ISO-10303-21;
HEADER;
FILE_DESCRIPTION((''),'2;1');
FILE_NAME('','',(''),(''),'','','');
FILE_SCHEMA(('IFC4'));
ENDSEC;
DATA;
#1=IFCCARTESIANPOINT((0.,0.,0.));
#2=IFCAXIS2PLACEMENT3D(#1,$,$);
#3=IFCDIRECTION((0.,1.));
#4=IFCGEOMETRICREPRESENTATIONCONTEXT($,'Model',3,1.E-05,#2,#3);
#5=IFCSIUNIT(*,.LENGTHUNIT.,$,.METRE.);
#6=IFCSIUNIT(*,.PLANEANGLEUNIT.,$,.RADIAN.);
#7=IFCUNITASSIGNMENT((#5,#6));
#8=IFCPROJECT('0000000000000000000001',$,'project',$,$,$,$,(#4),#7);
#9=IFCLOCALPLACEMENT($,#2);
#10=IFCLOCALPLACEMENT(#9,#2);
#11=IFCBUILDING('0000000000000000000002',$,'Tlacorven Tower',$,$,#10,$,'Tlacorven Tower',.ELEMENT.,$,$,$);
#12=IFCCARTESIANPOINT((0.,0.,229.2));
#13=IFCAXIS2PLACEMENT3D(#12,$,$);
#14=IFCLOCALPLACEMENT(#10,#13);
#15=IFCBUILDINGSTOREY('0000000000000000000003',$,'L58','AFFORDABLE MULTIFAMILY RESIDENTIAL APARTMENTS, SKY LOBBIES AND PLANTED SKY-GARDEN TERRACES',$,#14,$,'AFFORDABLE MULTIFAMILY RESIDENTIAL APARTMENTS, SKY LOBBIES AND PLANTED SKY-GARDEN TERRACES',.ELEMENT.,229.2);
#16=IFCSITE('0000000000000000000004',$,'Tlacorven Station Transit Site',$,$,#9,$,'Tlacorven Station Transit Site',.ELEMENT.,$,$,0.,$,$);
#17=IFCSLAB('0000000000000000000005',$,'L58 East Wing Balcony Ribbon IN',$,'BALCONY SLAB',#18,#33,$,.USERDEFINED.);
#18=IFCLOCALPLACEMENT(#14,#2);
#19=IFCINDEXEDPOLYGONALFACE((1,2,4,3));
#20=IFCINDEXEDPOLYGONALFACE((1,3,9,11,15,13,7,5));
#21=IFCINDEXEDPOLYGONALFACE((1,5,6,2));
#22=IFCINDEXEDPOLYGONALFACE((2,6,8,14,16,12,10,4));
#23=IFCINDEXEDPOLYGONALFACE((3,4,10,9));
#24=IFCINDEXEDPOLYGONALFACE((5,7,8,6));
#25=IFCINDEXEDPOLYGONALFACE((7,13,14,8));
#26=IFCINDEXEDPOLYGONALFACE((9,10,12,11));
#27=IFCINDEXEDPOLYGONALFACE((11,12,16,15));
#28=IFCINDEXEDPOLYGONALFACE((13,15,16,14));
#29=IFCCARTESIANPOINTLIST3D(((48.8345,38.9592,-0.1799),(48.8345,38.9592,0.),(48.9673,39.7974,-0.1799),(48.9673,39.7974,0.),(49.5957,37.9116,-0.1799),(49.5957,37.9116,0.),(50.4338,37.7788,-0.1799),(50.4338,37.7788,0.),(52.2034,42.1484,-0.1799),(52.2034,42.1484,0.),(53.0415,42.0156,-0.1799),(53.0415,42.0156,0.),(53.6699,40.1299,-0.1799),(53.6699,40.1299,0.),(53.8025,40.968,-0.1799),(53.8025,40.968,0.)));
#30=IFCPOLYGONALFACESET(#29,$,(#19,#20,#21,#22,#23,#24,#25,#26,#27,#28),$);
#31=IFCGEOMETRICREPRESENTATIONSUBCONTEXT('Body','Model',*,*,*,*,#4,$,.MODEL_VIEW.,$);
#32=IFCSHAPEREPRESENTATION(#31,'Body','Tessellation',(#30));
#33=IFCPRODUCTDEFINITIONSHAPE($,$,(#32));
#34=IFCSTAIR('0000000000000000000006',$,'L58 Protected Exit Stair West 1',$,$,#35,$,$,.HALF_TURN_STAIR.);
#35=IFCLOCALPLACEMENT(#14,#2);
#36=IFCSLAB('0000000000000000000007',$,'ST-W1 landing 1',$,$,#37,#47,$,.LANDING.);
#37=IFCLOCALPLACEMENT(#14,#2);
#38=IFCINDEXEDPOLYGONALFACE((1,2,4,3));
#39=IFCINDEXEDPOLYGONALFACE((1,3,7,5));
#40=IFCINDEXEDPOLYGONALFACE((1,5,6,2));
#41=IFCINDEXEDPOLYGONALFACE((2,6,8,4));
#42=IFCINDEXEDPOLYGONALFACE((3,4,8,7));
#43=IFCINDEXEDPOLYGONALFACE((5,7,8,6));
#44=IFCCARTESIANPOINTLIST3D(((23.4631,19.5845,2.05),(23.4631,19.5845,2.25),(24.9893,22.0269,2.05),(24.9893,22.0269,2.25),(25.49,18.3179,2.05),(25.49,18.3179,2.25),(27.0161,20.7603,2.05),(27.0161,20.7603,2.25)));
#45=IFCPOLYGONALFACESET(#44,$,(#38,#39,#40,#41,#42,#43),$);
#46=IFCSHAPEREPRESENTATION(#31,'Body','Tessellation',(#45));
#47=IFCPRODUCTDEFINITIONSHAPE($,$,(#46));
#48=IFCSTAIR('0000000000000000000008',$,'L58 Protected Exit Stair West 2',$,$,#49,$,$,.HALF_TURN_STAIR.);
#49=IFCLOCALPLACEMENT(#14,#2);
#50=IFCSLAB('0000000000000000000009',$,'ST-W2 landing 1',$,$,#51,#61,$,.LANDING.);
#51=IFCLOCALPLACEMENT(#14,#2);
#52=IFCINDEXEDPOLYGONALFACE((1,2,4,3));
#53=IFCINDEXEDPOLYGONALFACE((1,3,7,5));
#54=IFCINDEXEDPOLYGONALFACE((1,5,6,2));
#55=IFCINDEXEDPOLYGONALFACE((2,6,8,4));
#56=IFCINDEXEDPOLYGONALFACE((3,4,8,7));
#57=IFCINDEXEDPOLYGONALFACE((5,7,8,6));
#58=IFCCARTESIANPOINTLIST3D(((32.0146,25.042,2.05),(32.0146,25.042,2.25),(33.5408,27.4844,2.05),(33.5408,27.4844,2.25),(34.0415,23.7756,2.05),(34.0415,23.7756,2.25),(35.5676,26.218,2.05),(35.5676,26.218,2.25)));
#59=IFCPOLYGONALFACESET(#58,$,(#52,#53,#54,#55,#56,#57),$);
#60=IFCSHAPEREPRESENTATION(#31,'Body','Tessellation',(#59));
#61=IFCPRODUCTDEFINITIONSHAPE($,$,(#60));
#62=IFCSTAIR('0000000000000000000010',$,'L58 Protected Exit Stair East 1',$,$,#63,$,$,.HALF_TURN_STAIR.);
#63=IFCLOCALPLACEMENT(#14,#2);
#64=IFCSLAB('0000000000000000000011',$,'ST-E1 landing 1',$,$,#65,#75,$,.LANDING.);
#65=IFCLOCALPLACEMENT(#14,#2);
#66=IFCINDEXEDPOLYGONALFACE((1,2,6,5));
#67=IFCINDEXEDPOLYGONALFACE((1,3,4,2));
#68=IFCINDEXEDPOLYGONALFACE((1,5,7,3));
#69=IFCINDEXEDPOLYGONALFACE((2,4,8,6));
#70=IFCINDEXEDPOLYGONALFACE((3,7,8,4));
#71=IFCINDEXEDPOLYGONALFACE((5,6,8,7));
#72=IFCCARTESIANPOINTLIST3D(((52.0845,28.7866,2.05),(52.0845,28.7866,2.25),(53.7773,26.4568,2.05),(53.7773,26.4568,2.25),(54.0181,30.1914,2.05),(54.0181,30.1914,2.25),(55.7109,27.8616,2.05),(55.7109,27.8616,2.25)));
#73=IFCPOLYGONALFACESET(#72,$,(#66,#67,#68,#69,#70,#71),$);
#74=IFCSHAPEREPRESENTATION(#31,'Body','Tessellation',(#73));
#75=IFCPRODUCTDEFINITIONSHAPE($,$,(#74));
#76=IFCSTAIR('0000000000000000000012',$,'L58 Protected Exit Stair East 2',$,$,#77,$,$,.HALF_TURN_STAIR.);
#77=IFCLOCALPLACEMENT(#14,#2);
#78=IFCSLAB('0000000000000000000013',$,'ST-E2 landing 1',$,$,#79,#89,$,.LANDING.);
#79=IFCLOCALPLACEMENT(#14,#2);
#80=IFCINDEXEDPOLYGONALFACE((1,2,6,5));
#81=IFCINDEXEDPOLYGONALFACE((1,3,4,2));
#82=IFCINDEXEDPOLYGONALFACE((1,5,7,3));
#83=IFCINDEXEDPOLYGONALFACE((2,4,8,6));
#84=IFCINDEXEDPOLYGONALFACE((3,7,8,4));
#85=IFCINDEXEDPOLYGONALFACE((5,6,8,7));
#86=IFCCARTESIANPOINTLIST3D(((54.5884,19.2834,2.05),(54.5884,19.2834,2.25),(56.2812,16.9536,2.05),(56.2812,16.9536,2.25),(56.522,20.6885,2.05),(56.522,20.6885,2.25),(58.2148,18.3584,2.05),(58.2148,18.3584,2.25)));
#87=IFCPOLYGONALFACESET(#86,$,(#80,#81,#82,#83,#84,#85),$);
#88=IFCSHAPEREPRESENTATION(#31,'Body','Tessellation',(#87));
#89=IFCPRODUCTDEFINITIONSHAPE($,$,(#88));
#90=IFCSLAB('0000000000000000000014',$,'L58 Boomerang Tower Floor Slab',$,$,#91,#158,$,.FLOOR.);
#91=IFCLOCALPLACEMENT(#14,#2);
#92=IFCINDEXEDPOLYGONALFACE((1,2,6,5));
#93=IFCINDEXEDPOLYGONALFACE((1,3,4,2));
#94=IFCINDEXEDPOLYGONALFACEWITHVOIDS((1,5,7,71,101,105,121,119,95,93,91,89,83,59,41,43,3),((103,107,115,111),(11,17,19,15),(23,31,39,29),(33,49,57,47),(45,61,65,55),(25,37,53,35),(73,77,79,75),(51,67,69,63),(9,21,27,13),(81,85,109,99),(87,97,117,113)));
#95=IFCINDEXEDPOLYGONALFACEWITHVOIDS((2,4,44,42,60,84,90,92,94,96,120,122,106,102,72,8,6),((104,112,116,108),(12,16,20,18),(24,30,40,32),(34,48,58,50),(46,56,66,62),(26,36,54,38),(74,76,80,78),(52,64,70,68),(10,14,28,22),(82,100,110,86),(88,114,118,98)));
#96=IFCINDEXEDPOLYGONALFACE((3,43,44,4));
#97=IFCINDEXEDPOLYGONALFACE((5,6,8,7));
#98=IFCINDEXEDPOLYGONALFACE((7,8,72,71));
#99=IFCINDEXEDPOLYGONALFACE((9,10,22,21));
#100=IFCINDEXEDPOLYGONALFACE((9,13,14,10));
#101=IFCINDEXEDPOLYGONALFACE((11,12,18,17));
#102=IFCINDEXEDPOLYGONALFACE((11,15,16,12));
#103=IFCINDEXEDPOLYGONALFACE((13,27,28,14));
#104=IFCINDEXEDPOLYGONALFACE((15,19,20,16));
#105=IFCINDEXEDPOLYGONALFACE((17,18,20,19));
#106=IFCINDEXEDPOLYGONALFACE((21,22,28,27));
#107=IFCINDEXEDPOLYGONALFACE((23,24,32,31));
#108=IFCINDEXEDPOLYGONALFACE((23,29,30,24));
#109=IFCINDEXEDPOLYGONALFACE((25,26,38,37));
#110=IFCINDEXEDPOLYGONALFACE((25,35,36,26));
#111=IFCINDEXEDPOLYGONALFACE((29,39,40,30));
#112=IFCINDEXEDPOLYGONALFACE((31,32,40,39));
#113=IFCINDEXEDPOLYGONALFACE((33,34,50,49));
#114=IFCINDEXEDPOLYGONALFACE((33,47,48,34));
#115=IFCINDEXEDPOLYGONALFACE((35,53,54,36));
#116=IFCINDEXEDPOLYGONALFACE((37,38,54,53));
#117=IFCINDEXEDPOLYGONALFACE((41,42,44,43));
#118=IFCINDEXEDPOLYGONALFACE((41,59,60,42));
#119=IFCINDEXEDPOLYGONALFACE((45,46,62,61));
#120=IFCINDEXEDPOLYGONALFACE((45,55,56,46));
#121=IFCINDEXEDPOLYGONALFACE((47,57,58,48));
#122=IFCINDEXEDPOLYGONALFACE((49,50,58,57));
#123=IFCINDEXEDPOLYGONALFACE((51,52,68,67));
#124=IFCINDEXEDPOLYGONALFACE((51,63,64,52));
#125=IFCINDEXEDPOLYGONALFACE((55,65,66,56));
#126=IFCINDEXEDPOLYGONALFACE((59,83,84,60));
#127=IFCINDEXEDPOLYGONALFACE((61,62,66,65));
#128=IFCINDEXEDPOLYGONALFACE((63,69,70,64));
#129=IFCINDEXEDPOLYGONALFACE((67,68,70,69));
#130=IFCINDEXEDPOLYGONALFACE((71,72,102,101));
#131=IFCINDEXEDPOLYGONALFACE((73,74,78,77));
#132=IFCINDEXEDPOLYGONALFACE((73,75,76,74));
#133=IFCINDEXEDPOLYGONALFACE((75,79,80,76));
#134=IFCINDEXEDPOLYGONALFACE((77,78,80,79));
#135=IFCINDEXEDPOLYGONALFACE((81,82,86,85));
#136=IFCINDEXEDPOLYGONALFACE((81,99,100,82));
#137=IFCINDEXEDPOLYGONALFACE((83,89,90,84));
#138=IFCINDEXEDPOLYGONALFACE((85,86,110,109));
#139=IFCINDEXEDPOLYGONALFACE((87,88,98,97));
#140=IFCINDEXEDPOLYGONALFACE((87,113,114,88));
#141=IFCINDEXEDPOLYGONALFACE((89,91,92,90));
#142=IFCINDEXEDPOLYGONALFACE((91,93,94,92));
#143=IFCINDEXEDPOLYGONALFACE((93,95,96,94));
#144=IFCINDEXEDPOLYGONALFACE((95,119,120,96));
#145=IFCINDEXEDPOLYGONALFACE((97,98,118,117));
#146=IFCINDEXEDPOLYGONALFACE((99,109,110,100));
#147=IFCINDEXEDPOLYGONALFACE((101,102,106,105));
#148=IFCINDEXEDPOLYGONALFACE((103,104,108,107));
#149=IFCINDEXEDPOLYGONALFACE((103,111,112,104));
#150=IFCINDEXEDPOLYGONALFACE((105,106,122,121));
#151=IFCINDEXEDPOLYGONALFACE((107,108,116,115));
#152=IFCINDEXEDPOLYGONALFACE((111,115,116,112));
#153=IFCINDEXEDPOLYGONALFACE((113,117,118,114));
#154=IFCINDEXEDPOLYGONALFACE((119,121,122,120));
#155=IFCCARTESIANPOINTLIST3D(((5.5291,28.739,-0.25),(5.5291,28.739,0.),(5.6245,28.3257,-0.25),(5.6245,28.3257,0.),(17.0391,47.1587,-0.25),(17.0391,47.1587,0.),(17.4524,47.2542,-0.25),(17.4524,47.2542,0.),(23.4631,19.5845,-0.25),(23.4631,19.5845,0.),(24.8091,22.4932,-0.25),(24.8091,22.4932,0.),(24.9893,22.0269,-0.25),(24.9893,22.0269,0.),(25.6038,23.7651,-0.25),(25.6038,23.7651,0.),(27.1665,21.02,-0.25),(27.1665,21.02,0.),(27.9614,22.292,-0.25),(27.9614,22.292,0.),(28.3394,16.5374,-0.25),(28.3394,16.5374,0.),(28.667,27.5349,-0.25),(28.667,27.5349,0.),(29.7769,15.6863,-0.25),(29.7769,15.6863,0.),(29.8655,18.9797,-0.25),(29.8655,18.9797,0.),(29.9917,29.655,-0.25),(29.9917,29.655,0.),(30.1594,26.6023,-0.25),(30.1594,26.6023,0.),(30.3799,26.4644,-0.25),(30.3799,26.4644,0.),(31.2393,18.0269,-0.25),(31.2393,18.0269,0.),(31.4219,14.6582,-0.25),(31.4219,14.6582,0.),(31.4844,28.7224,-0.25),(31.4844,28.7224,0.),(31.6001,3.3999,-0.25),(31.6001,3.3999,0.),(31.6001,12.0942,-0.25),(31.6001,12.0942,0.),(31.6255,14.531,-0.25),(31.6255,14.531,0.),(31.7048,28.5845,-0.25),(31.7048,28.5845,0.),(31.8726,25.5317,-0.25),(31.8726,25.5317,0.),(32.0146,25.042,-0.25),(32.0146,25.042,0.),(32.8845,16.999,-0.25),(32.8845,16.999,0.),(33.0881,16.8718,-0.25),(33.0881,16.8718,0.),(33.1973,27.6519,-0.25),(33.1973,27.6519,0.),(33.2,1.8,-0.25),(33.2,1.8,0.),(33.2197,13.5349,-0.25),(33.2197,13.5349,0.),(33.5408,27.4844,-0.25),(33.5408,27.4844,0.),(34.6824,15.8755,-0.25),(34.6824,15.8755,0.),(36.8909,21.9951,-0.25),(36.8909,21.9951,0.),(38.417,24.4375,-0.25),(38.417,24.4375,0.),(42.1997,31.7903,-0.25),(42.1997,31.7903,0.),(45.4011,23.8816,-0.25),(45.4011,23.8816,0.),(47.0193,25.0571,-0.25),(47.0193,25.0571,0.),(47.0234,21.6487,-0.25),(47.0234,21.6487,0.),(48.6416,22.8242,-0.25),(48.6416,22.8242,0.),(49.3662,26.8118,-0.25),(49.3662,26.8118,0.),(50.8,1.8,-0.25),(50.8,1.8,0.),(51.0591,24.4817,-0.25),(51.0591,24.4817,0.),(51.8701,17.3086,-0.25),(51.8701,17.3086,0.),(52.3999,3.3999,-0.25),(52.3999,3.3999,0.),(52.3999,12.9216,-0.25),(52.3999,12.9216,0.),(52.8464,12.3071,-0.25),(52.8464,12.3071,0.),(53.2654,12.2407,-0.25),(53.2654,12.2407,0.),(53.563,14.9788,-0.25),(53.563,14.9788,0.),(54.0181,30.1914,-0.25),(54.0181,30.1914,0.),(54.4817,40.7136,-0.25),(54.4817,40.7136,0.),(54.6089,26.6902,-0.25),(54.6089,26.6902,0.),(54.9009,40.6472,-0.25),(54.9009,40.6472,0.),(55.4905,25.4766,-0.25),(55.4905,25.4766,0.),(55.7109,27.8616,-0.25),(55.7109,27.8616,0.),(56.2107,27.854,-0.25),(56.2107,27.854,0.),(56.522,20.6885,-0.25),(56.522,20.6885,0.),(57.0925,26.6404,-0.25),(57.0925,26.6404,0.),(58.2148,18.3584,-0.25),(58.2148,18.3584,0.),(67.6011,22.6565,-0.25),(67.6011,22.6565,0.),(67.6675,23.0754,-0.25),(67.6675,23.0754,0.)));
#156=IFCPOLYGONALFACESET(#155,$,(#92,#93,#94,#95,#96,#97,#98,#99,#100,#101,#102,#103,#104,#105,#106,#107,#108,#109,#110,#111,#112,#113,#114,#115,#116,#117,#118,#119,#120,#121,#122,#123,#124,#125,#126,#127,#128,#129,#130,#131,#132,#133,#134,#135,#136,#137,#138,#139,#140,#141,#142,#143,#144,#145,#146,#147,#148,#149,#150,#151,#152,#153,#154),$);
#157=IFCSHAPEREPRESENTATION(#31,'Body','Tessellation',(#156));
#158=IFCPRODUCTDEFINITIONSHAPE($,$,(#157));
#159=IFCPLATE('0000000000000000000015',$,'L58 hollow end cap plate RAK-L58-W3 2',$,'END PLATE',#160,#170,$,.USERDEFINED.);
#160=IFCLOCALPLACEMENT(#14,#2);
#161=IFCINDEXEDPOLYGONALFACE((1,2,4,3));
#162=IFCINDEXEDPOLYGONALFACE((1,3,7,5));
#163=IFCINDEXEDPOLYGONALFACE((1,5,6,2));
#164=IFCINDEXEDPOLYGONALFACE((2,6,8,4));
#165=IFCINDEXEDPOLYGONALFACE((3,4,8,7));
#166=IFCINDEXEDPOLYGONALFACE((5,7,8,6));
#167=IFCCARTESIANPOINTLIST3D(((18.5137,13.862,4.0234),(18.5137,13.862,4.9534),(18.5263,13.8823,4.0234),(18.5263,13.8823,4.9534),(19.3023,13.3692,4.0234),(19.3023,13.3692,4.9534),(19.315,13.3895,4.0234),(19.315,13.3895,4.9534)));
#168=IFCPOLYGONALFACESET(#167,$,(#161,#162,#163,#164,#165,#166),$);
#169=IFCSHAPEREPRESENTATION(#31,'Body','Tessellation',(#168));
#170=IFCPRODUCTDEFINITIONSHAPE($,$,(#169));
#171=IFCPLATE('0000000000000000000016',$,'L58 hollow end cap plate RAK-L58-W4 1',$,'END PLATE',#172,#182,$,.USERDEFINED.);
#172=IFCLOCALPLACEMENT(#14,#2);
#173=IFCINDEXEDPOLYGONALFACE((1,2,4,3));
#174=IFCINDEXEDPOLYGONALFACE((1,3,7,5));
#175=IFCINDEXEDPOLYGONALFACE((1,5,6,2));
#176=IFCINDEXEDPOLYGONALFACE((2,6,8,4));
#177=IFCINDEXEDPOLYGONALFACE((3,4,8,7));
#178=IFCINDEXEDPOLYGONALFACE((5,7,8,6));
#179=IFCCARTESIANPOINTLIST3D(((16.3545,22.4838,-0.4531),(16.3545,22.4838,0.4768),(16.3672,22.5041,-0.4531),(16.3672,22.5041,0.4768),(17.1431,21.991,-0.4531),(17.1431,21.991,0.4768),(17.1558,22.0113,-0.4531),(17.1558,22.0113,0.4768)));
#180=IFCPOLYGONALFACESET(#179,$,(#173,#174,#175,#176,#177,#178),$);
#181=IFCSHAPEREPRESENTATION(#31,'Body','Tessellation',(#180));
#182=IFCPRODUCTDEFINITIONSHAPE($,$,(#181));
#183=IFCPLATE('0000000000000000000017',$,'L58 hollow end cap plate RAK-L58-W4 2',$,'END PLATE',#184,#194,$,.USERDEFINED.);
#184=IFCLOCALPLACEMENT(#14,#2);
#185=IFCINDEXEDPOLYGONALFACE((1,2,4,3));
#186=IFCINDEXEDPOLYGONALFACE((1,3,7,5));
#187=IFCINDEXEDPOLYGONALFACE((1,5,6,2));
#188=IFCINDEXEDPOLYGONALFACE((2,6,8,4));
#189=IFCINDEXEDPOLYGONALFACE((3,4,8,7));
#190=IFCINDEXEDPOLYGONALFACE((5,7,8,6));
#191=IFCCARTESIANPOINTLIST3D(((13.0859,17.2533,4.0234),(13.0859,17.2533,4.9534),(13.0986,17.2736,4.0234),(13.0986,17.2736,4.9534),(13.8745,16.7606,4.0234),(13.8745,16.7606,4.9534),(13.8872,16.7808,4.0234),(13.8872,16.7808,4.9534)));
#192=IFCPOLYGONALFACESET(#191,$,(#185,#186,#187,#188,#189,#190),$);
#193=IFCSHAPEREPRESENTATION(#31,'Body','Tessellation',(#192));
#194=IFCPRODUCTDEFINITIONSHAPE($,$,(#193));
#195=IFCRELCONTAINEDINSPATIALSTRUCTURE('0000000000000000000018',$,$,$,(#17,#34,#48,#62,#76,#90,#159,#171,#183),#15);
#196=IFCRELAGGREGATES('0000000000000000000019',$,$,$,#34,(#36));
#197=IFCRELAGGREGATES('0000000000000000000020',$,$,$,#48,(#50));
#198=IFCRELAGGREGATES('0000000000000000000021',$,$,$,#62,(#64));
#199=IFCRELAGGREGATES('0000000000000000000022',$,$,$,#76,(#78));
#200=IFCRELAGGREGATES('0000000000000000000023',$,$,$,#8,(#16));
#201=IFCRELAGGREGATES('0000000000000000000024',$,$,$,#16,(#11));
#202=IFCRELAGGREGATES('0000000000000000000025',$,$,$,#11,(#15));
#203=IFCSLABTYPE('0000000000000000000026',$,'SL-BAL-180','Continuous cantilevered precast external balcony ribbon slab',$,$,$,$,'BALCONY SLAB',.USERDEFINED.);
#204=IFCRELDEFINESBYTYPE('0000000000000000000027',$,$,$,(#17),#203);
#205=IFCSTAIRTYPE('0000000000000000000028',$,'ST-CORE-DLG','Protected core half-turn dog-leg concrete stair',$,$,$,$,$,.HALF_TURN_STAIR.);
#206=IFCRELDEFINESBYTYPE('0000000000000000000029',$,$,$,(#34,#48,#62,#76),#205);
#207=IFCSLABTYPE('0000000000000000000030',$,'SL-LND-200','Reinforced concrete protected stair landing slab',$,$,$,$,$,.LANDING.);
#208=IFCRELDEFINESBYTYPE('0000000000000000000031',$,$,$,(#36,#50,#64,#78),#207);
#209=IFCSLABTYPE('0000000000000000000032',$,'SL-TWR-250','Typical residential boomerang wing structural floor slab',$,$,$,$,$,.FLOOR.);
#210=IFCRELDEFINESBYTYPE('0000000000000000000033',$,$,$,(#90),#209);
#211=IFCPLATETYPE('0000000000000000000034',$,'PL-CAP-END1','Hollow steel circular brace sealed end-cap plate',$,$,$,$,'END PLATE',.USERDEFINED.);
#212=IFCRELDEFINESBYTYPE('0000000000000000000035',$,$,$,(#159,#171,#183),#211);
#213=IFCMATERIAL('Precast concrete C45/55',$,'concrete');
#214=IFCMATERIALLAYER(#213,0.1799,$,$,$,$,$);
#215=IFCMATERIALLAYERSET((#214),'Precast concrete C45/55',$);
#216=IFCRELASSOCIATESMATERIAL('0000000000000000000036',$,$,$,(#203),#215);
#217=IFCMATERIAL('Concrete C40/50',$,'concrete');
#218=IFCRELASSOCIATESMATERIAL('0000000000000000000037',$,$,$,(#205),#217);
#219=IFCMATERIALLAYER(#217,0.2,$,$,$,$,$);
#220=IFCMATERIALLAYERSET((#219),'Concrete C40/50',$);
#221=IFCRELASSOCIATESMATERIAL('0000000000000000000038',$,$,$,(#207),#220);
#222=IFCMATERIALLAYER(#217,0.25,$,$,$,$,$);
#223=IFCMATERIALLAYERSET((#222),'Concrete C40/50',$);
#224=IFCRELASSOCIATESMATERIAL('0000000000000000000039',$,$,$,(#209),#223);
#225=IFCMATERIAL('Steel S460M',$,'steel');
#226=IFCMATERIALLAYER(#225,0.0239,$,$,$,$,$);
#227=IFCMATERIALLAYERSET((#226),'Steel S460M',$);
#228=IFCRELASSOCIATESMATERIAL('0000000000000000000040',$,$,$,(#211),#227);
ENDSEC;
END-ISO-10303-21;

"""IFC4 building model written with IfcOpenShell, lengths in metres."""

from ifc_helpers import new_model, si_unit, direction, frame, origin, origin_2d, place, context, subcontext, project, spatial, polyline, rectangle, outline, extrude, source, transform, mapped, material, layer, layer_set, type_object, element, aggregate, save


model = new_model("IFC4")

# Units and contexts
model_context = context("Model", 3, precision=1e-05, world=origin(), true_north=direction((0.0, 1.0)))
body_context = subcontext(model_context, "Body", "Model", "MODEL_VIEW")
ifc_project = project(units=[si_unit("LENGTHUNIT", "METRE"), si_unit("PLANEANGLEUNIT", "RADIAN")], contexts=[model_context])

# Site, building, storey
site_placement = place(None, origin())
site = spatial("IfcSite", under=ifc_project, at=site_placement, Name="Tlacorven Station Transit Site", LongName="Tlacorven Station Transit Site", CompositionType="ELEMENT", RefElevation=0.0)
building_placement = place(site_placement, origin())
building = spatial("IfcBuilding", under=site, at=building_placement, Name="Tlacorven Tower", LongName="Tlacorven Tower", CompositionType="ELEMENT")
storey_placement = place(building_placement, frame((0.0, 0.0, 229.2)))
storey = spatial("IfcBuildingStorey", under=building, at=storey_placement, Name="L58", Description="AFFORDABLE MULTIFAMILY RESIDENTIAL APARTMENTS, SKY LOBBIES AND PLANTED SKY-GARDEN TERRACES", LongName="AFFORDABLE MULTIFAMILY RESIDENTIAL APARTMENTS, SKY LOBBIES AND PLANTED SKY-GARDEN TERRACES", CompositionType="ELEMENT", Elevation=229.2)

# Shared definitions
ifc_material_1 = material(Name="Steel S460M", Category="steel")

# Slab
ifc_material_2 = material(Name="Precast concrete C45/55", Category="concrete")
ifc_layer_1 = layer(ifc_material_2, 0.1799)
ifc_layer_set_1 = layer_set([ifc_layer_1], Name="Precast concrete C45/55")
slab_type_1 = type_object("IfcSlabType", Name="SL-BAL-180", Description="Continuous cantilevered precast external balcony ribbon slab", ElementType="BALCONY SLAB", PredefinedType="USERDEFINED", material=ifc_layer_set_1)
slab_1_placement = place(storey_placement, frame((0.0, 0.0, -0.1799)))
element("IfcSlab", 1, at=slab_1_placement, inside=storey, type_object=slab_type_1, Name="L58 East Wing Balcony Ribbon IN", ObjectType="BALCONY SLAB", PredefinedType="USERDEFINED", context=body_context, shape_type="SweptSolid", body=[
    extrude(outline(polyline([(50.4338, 37.7788), (53.6699, 40.1299), (53.8025, 40.968), (53.0415, 42.0156), (52.2034, 42.1484), (48.9673, 39.7974), (48.8345, 38.9592), (49.5957, 37.9116), (50.4338, 37.7788)])), origin(), (0.0, 0.0, 1.0), 0.1799),
])

# Stairs, slabs
ifc_material_3 = material(Name="Concrete C40/50", Category="concrete")
stair_type = type_object("IfcStairType", Name="ST-CORE-DLG", Description="Protected core half-turn dog-leg concrete stair", PredefinedType="HALF_TURN_STAIR", material=ifc_material_3)
stair_1_placement = place(storey_placement, origin())
stair_1 = element("IfcStair", 2, at=stair_1_placement, inside=storey, type_object=stair_type, Name="L58 Protected Exit Stair West 1", PredefinedType="HALF_TURN_STAIR")
ifc_layer_2 = layer(ifc_material_3, 0.2)
ifc_layer_set_2 = layer_set([ifc_layer_2], Name="Concrete C40/50")
slab_type_2 = type_object("IfcSlabType", Name="SL-LND-200", Description="Reinforced concrete protected stair landing slab", PredefinedType="LANDING", material=ifc_layer_set_2)
slab_2_placement = place(storey_placement, frame((0.0, 0.0, 2.05)))
slab_2 = element("IfcSlab", 3, at=slab_2_placement, type_object=slab_type_2, Name="ST-W1 landing 1", PredefinedType="LANDING", context=body_context, shape_type="SweptSolid", body=[
    extrude(outline(polyline([(27.0161, 20.7603), (24.9893, 22.0269), (23.4631, 19.5845), (25.49, 18.3179), (27.0161, 20.7603)])), origin(), (0.0, 0.0, 1.0), 0.2),
])
aggregate(stair_1, [slab_2])
stair_2_placement = place(storey_placement, origin())
stair_2 = element("IfcStair", 4, at=stair_2_placement, inside=storey, type_object=stair_type, Name="L58 Protected Exit Stair West 2", PredefinedType="HALF_TURN_STAIR")
slab_3_placement = place(storey_placement, frame((0.0, 0.0, 2.05)))
slab_3 = element("IfcSlab", 5, at=slab_3_placement, type_object=slab_type_2, Name="ST-W2 landing 1", PredefinedType="LANDING", context=body_context, shape_type="SweptSolid", body=[
    extrude(outline(polyline([(35.5676, 26.218), (33.5408, 27.4844), (32.0146, 25.042), (34.0415, 23.7756), (35.5676, 26.218)])), origin(), (0.0, 0.0, 1.0), 0.2),
])
aggregate(stair_2, [slab_3])
stair_3_placement = place(storey_placement, origin())
stair_3 = element("IfcStair", 6, at=stair_3_placement, inside=storey, type_object=stair_type, Name="L58 Protected Exit Stair East 1", PredefinedType="HALF_TURN_STAIR")
slab_4_placement = place(storey_placement, frame((0.0, 0.0, 2.05)))
slab_4 = element("IfcSlab", 7, at=slab_4_placement, type_object=slab_type_2, Name="ST-E1 landing 1", PredefinedType="LANDING", context=body_context, shape_type="SweptSolid", body=[
    extrude(outline(polyline([(53.7773, 26.4568), (55.7109, 27.8616), (54.0181, 30.1914), (52.0845, 28.7866), (53.7773, 26.4568)])), origin(), (0.0, 0.0, 1.0), 0.2),
])
aggregate(stair_3, [slab_4])
stair_4_placement = place(storey_placement, origin())
stair_4 = element("IfcStair", 8, at=stair_4_placement, inside=storey, type_object=stair_type, Name="L58 Protected Exit Stair East 2", PredefinedType="HALF_TURN_STAIR")
slab_5_placement = place(storey_placement, frame((0.0, 0.0, 2.05)))
slab_5 = element("IfcSlab", 9, at=slab_5_placement, type_object=slab_type_2, Name="ST-E2 landing 1", PredefinedType="LANDING", context=body_context, shape_type="SweptSolid", body=[
    extrude(outline(polyline([(56.2812, 16.9536), (58.2148, 18.3584), (56.522, 20.6885), (54.5884, 19.2834), (56.2812, 16.9536)])), origin(), (0.0, 0.0, 1.0), 0.2),
])
aggregate(stair_4, [slab_5])

# Slab
ifc_layer_3 = layer(ifc_material_3, 0.25)
ifc_layer_set_3 = layer_set([ifc_layer_3], Name="Concrete C40/50")
slab_type_3 = type_object("IfcSlabType", Name="SL-TWR-250", Description="Typical residential boomerang wing structural floor slab", PredefinedType="FLOOR", material=ifc_layer_set_3)
slab_6_placement = place(storey_placement, frame((0.0, 0.0, -0.25)))
element("IfcSlab", 10, at=slab_6_placement, inside=storey, type_object=slab_type_3, Name="L58 Boomerang Tower Floor Slab", PredefinedType="FLOOR", context=body_context, shape_type="SweptSolid", body=[
    extrude(outline(polyline([(52.3999, 3.3999), (50.8, 1.8), (33.2, 1.8), (31.6001, 3.3999), (31.6001, 12.0942), (5.6245, 28.3257), (5.5291, 28.739), (17.0391, 47.1587), (17.4524, 47.2542), (42.1997, 31.7903), (54.4817, 40.7136), (54.9009, 40.6472), (67.6675, 23.0754), (67.6011, 22.6565), (53.2654, 12.2407), (52.8464, 12.3071), (52.3999, 12.9216), (52.3999, 3.3999)]), holes=[polyline([(29.8655, 18.9797), (24.9893, 22.0269), (23.4631, 19.5845), (28.3394, 16.5374), (29.8655, 18.9797)]), polyline([(38.417, 24.4375), (33.5408, 27.4844), (32.0146, 25.042), (36.8909, 21.9951), (38.417, 24.4375)]), polyline([(51.0591, 24.4817), (55.7109, 27.8616), (54.0181, 30.1914), (49.3662, 26.8118), (51.0591, 24.4817)]), polyline([(53.563, 14.9788), (58.2148, 18.3584), (56.522, 20.6885), (51.8701, 17.3086), (53.563, 14.9788)]), polyline([(34.6824, 15.8755), (33.0881, 16.8718), (31.6255, 14.531), (33.2197, 13.5349), (34.6824, 15.8755)]), polyline([(32.8845, 16.999), (31.2393, 18.0269), (29.7769, 15.6863), (31.4219, 14.6582), (32.8845, 16.999)]), polyline([(47.0234, 21.6487), (48.6416, 22.8242), (47.0193, 25.0571), (45.4011, 23.8816), (47.0234, 21.6487)]), polyline([(33.1973, 27.6519), (31.7048, 28.5845), (30.3799, 26.4644), (31.8726, 25.5317), (33.1973, 27.6519)]), polyline([(31.4844, 28.7224), (29.9917, 29.655), (28.667, 27.5349), (30.1594, 26.6023), (31.4844, 28.7224)]), polyline([(27.9614, 22.292), (25.6038, 23.7651), (24.8091, 22.4932), (27.1665, 21.02), (27.9614, 22.292)]), polyline([(55.4905, 25.4766), (57.0925, 26.6404), (56.2107, 27.854), (54.6089, 26.6902), (55.4905, 25.4766)])]), origin(), (0.0, 0.0, 1.0), 0.25),
])

# Plates
ifc_layer_4 = layer(ifc_material_1, 0.0239)
ifc_layer_set_4 = layer_set([ifc_layer_4], Name="Steel S460M")
plate_type_1 = type_object("IfcPlateType", Name="PL-CAP-END1", Description="Hollow steel circular brace sealed end-cap plate", ElementType="END PLATE", PredefinedType="USERDEFINED", material=ifc_layer_set_4)
shared_shape_1 = source(origin(), body_context, "Body", "SweptSolid", [
    extrude(rectangle(XDim=0.0239, YDim=0.9299, at=origin_2d()), origin(), (0.0, 0.0, 1.0), 0.9299),
])
for number, where, z_axis, x_axis, name in (
    (11, (18.9143, 13.6257, 4.0234), (0.0, 0.0, 1.0), (-0.529919, -0.848048, 0.0), "L58 hollow end cap plate RAK-L58-W3 2"),
    (12, (16.7551, 22.2476, -0.4531), (0.0, 0.0, 1.0), (-0.529919, -0.848048, 0.0), "L58 hollow end cap plate RAK-L58-W4 1"),
    (13, (13.4866, 17.0171, 4.0234), (0.0, 0.0, 1.0), (-0.529919, -0.848048, 0.0), "L58 hollow end cap plate RAK-L58-W4 2"),
):
    element("IfcPlate", number, at=place(storey_placement, frame(where, z_axis=z_axis, x_axis=x_axis)), inside=storey, type_object=plate_type_1, Name=name, ObjectType="END PLATE", PredefinedType="USERDEFINED", context=body_context, shape_type="MappedRepresentation", body=[
        mapped(shared_shape_1, transform((0.0, 0.0, 0.0), scale=1.0)),
    ])

save(model, "model.ifc")
